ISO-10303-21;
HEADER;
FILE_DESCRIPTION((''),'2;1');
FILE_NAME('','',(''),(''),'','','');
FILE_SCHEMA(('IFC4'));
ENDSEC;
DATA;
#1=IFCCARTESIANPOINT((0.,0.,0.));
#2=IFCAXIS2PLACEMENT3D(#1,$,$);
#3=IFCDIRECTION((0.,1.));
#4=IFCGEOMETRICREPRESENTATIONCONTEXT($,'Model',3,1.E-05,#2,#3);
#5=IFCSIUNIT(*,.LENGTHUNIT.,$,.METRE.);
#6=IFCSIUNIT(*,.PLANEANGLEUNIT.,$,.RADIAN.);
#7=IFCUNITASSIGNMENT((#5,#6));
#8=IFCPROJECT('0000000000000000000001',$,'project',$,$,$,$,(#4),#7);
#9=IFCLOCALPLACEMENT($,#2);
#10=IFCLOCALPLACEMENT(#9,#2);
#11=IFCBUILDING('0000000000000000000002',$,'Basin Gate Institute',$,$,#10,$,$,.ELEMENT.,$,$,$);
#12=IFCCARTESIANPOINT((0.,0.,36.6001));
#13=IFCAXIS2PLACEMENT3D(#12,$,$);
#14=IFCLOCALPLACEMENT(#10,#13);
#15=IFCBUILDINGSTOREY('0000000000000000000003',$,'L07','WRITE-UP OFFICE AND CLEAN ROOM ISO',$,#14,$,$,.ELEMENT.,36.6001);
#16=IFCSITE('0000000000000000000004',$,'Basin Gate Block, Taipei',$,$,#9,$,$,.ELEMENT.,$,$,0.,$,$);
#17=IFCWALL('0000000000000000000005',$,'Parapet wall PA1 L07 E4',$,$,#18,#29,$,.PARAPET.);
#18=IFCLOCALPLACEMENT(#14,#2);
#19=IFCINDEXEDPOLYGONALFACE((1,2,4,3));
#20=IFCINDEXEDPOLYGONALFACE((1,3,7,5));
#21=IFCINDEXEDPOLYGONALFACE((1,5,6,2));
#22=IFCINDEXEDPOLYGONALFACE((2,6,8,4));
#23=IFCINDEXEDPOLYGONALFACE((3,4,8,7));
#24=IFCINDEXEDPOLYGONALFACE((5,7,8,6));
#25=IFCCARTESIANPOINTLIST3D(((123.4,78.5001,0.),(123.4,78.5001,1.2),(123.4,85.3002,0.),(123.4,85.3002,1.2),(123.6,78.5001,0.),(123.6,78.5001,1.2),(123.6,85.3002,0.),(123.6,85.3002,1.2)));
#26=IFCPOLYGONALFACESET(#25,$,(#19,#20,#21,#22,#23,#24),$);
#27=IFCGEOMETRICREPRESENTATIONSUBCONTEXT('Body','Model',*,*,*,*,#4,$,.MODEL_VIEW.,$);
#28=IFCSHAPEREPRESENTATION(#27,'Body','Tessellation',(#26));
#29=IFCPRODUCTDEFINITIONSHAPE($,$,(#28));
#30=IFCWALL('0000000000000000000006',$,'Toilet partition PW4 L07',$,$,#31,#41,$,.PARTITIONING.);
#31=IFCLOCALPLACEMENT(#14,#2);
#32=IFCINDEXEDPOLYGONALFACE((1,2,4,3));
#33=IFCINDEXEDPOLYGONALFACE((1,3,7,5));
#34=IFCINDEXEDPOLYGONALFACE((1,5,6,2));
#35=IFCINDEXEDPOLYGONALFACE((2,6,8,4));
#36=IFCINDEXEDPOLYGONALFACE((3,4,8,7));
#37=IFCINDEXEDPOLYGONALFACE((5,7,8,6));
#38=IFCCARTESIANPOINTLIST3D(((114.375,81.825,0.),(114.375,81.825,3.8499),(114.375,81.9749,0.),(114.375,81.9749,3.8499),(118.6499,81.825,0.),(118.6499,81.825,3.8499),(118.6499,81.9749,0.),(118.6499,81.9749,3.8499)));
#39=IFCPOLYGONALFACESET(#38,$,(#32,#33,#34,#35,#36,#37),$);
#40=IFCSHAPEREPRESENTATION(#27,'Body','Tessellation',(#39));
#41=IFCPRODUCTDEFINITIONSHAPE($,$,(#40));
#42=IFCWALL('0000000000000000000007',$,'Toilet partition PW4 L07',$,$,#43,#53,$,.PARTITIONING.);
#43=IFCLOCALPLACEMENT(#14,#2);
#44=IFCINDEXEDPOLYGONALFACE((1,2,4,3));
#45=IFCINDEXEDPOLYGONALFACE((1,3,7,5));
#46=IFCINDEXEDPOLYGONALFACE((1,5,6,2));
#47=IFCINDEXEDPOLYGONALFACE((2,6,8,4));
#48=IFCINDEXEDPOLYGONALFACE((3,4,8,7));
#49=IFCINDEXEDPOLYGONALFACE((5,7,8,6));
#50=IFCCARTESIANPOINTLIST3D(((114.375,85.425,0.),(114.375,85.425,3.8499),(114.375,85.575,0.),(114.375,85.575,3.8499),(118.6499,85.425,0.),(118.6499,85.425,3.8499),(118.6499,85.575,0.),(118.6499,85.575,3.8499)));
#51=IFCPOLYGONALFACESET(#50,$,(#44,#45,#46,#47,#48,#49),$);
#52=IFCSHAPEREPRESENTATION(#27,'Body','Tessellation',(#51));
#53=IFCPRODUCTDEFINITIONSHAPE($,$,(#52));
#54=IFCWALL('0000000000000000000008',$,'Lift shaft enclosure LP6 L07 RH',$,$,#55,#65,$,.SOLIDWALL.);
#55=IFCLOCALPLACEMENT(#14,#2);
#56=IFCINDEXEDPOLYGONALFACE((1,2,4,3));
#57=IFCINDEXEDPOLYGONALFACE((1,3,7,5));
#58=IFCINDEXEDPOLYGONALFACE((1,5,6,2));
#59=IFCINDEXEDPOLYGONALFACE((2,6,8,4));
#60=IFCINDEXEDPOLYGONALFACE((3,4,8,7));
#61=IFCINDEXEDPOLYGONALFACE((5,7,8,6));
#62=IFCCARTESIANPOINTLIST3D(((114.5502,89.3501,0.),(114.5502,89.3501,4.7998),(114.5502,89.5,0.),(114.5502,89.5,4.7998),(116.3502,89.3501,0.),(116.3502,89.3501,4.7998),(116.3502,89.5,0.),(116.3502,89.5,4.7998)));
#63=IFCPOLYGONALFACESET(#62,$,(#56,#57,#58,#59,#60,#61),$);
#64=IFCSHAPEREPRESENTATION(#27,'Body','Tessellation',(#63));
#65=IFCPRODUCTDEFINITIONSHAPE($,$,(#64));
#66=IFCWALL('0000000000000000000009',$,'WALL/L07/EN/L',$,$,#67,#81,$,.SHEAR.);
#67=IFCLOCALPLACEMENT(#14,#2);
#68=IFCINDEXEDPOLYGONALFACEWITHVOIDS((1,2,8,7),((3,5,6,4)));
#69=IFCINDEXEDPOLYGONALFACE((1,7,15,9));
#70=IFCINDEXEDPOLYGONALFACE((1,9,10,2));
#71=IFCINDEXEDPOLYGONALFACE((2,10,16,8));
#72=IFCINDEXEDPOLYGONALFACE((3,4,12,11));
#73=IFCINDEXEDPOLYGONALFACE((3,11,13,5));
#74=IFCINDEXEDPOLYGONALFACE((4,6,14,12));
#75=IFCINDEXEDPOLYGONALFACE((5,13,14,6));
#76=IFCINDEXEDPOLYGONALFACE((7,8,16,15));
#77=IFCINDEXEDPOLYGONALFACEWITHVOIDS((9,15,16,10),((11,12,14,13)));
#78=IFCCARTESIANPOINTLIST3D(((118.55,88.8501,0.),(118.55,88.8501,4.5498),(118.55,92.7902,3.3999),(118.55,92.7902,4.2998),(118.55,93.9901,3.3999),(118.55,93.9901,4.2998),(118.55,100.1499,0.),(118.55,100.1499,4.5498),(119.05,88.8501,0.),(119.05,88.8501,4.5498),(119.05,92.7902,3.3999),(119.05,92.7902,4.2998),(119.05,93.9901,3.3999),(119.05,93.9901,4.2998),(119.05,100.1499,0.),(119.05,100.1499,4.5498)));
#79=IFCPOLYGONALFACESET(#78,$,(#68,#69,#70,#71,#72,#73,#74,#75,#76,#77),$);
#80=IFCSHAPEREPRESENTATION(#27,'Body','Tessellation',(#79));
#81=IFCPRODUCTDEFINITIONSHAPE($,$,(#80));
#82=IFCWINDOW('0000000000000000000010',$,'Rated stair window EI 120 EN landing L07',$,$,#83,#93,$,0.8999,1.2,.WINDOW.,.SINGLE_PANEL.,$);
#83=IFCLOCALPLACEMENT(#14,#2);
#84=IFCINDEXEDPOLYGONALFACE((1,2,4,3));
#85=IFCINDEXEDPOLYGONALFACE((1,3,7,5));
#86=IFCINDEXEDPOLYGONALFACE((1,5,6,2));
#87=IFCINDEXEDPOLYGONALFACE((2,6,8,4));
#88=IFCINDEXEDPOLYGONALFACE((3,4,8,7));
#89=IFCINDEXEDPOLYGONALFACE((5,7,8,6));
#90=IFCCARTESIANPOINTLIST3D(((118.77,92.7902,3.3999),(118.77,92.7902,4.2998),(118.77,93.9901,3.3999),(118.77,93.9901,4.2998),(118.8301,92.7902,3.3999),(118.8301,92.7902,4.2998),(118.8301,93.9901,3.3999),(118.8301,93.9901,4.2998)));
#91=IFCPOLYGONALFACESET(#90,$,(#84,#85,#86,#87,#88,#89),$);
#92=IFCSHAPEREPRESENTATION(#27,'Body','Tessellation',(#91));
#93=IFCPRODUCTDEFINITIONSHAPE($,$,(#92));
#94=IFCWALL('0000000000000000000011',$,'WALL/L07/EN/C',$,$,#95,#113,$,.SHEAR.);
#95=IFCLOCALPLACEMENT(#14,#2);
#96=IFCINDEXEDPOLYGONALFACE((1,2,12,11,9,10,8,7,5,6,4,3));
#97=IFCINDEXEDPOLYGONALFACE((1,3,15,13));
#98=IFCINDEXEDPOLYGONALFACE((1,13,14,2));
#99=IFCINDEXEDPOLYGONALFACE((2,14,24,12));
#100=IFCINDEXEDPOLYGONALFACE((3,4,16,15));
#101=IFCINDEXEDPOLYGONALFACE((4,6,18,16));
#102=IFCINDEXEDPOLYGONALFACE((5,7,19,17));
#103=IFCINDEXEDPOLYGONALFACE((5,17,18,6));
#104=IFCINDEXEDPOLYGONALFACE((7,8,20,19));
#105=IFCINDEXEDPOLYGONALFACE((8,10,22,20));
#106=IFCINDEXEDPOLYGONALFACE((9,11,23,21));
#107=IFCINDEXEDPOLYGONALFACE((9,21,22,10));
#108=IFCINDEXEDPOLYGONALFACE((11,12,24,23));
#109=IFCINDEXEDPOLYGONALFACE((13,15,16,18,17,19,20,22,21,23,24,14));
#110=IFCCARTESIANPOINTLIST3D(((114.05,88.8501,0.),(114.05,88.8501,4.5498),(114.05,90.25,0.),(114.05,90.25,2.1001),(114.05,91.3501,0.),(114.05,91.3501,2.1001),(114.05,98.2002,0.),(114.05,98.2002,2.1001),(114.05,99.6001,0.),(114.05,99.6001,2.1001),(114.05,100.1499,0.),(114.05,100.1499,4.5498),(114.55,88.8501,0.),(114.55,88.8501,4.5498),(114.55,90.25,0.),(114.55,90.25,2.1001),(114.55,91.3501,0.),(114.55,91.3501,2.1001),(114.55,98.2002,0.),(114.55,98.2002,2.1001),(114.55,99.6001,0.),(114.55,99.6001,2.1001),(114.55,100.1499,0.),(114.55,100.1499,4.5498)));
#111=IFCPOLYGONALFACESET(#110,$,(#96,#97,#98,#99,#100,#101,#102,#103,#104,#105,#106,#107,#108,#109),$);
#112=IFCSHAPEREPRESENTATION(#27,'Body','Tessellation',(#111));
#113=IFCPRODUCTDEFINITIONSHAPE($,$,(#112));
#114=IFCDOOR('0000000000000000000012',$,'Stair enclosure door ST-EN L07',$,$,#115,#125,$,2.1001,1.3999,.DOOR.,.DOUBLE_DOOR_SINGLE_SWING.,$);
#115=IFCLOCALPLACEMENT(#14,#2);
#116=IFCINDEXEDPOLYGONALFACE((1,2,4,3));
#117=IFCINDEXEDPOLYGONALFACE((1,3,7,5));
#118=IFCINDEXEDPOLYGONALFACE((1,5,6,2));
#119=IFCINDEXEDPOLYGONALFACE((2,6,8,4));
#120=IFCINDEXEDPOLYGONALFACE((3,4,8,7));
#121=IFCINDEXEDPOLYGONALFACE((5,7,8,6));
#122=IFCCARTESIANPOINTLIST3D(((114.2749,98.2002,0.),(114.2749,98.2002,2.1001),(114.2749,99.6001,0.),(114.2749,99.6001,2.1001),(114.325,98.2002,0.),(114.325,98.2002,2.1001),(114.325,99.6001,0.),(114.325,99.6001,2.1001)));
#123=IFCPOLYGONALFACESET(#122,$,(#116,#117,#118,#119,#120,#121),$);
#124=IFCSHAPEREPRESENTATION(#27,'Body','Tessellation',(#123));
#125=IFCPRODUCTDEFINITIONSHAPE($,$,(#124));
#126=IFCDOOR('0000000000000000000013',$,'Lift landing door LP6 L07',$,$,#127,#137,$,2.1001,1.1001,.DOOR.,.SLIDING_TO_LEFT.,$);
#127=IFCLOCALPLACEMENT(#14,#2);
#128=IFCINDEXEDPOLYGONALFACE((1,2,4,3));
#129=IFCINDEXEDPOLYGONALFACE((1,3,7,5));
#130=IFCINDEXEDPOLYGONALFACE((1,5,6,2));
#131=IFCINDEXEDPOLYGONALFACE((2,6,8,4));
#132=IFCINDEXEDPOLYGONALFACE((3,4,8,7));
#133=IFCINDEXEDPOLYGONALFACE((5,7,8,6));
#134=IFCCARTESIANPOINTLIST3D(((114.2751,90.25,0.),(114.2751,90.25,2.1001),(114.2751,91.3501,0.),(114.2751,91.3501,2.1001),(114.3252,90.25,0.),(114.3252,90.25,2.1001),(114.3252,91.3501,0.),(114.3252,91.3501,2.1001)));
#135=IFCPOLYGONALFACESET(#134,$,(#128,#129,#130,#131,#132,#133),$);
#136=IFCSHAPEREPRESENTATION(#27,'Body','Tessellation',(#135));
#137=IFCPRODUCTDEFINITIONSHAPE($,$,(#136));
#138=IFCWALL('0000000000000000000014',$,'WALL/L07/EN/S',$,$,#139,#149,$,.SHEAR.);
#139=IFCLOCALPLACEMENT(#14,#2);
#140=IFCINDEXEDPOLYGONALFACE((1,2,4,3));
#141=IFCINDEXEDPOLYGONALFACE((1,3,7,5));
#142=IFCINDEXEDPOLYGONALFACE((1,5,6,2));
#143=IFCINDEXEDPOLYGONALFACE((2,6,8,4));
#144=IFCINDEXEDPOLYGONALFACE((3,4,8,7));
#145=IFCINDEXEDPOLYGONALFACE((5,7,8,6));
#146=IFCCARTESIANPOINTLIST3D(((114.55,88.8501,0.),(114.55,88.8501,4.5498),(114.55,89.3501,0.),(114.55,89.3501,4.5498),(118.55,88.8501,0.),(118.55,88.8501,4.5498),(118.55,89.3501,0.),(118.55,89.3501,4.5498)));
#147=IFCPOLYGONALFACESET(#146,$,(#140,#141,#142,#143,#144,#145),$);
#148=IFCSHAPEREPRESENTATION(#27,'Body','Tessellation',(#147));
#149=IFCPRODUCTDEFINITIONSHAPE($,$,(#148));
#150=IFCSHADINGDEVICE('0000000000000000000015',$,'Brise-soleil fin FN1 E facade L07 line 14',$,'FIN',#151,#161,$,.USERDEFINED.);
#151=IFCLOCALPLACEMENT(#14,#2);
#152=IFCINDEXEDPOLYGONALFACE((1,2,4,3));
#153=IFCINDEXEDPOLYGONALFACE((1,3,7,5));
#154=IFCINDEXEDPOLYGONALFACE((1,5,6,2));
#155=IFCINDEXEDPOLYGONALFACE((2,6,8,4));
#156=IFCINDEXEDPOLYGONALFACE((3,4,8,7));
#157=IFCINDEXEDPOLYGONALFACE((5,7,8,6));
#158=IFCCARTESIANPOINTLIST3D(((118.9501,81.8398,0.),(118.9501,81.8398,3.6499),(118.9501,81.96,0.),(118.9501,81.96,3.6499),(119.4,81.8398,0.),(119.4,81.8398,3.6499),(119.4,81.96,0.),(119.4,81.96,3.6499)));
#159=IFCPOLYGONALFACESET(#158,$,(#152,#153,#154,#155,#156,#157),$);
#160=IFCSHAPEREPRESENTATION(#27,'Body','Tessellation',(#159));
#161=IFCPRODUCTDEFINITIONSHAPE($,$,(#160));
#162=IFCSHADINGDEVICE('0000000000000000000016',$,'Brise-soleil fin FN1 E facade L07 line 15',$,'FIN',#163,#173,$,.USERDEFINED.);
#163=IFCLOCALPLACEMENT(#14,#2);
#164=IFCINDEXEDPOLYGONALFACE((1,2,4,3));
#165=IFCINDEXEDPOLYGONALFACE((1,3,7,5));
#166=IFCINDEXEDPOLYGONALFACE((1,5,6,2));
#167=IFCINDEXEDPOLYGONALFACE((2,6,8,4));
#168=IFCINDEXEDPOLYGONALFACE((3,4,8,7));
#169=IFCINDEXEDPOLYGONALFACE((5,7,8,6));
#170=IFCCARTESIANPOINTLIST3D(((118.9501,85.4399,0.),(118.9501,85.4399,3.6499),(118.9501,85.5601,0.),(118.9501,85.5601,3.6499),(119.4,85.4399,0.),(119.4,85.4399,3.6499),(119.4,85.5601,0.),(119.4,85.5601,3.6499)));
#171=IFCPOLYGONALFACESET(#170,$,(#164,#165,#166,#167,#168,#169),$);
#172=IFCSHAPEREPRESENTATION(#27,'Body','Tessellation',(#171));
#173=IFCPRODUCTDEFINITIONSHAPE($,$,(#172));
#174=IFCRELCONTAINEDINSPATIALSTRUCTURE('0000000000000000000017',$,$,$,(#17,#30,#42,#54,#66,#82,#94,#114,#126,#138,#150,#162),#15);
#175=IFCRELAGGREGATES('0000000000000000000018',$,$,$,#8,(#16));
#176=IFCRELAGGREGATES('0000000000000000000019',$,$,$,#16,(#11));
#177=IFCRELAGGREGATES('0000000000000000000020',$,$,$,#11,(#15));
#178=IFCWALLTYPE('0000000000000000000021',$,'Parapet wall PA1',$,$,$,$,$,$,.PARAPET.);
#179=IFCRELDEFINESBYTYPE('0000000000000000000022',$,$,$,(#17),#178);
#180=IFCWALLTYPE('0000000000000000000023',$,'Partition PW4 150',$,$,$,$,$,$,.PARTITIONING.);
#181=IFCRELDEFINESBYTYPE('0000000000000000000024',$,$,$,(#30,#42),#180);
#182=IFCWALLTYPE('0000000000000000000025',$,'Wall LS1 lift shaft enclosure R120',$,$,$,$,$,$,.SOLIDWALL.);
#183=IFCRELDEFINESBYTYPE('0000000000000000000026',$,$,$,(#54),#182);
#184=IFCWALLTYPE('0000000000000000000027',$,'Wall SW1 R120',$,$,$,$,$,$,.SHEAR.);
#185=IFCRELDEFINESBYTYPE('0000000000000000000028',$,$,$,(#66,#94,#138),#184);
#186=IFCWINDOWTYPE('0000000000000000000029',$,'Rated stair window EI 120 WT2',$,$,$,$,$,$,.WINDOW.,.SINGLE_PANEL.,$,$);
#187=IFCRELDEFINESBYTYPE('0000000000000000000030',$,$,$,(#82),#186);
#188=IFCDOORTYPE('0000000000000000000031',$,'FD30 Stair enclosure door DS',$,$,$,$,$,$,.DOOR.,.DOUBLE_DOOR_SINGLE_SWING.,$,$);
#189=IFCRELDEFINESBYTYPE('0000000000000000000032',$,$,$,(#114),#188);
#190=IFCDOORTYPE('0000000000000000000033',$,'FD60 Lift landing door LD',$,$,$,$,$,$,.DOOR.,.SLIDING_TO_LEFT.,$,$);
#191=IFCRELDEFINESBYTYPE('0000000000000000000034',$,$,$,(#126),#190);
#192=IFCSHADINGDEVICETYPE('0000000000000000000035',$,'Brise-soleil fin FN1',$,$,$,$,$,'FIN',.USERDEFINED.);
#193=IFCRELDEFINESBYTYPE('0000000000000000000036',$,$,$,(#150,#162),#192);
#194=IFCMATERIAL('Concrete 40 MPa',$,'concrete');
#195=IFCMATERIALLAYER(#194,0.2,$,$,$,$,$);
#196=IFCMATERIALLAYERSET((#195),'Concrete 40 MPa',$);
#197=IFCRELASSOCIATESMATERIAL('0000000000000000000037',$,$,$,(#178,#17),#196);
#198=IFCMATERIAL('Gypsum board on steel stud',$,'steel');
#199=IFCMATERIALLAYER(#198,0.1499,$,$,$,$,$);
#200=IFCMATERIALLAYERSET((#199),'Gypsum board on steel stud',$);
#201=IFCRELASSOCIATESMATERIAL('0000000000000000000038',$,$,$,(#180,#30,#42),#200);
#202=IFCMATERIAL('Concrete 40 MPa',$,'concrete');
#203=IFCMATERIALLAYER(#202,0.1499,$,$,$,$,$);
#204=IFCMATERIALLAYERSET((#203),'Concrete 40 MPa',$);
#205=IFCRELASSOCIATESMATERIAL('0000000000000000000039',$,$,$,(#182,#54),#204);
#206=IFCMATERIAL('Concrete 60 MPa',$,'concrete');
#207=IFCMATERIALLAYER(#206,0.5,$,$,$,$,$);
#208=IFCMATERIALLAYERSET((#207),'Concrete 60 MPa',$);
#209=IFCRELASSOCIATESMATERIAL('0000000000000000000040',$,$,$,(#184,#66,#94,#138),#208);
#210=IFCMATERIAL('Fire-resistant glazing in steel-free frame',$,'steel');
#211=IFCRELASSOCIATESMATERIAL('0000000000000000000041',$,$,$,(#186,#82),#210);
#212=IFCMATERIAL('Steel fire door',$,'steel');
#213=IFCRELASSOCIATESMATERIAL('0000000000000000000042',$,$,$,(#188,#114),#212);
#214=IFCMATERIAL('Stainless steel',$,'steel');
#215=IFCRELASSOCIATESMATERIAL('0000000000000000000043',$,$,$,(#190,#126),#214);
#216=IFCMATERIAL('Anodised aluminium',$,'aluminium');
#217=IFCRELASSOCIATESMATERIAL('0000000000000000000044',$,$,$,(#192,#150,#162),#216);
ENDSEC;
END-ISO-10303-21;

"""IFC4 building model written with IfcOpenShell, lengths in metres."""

from ifc_helpers import new_model, si_unit, direction, frame, frame_2d, origin, origin_2d, place, context, subcontext, project, spatial, rectangle, extrude, material, layer, layer_set, type_object, element, fill, save


model = new_model("IFC4")

# Units and contexts
model_context = context("Model", 3, precision=1e-05, world=origin(), true_north=direction((0.0, 1.0)))
body_context = subcontext(model_context, "Body", "Model", "MODEL_VIEW")
ifc_project = project(units=[si_unit("LENGTHUNIT", "METRE"), si_unit("PLANEANGLEUNIT", "RADIAN")], contexts=[model_context])

# Site, building, storey
site_placement = place(None, origin())
site = spatial("IfcSite", under=ifc_project, at=site_placement, Name="Basin Gate Block, Taipei", CompositionType="ELEMENT", RefElevation=0.0)
building_placement = place(site_placement, origin())
building = spatial("IfcBuilding", under=site, at=building_placement, Name="Basin Gate Institute", CompositionType="ELEMENT")
storey_placement = place(building_placement, frame((0.0, 0.0, 36.6001)))
storey = spatial("IfcBuildingStorey", under=building, at=storey_placement, Name="L07", Description="WRITE-UP OFFICE AND CLEAN ROOM ISO", CompositionType="ELEMENT", Elevation=36.6001)

# Walls
ifc_material_1 = material(Name="Concrete 40 MPa", Category="concrete")
ifc_layer_1 = layer(ifc_material_1, 0.2)
ifc_layer_set_1 = layer_set([ifc_layer_1], Name="Concrete 40 MPa")
wall_type_1 = type_object("IfcWallType", Name="Parapet wall PA1", PredefinedType="PARAPET", material=ifc_layer_set_1)
wall_1_placement = place(storey_placement, frame((123.5, 85.3, 0.0), z_axis=(0.0, 0.0, 1.0), x_axis=(0.0, -1.0, 0.0)))
element("IfcWall", 1, at=wall_1_placement, inside=storey, type_object=wall_type_1, material=ifc_layer_set_1, Name="Parapet wall PA1 L07 E4", PredefinedType="PARAPET", context=body_context, shape_type="SweptSolid", body=[
    extrude(rectangle(XDim=6.8, YDim=0.2, at=frame_2d((3.3999, 0.0))), origin(), (0.0, 0.0, 1.0), 1.2),
])
ifc_material_2 = material(Name="Gypsum board on steel stud", Category="steel")
ifc_layer_2 = layer(ifc_material_2, 0.1499)
ifc_layer_set_2 = layer_set([ifc_layer_2], Name="Gypsum board on steel stud")
wall_type_2 = type_object("IfcWallType", Name="Partition PW4 150", PredefinedType="PARTITIONING", material=ifc_layer_set_2)
for number, where, z_axis, x_axis, name in (
    (2, (118.6499, 81.8999, 0.0), (0.0, 0.0, 1.0), (-1.0, 0.0, 0.0), "Toilet partition PW4 L07"),
    (3, (118.6499, 85.5, 0.0), (0.0, 0.0, 1.0), (-1.0, 0.0, 0.0), "Toilet partition PW4 L07"),
):
    element("IfcWall", number, at=place(storey_placement, frame(where, z_axis=z_axis, x_axis=x_axis)), inside=storey, type_object=wall_type_2, material=ifc_layer_set_2, Name=name, PredefinedType="PARTITIONING", context=body_context, shape_type="SweptSolid", body=[
        extrude(rectangle(XDim=4.2749, YDim=0.1499, at=frame_2d((2.1375, 0.0))), origin(), (0.0, 0.0, 1.0), 3.8499),
    ])
ifc_material_3 = material(Name="Concrete 40 MPa", Category="concrete")
ifc_layer_3 = layer(ifc_material_3, 0.1499)
ifc_layer_set_3 = layer_set([ifc_layer_3], Name="Concrete 40 MPa")
wall_type_3 = type_object("IfcWallType", Name="Wall LS1 lift shaft enclosure R120", PredefinedType="SOLIDWALL", material=ifc_layer_set_3)
wall_2_placement = place(storey_placement, frame((116.3501, 89.425, 0.0), z_axis=(0.0, 0.0, 1.0), x_axis=(-1.0, 0.0, 0.0)))
element("IfcWall", 4, at=wall_2_placement, inside=storey, type_object=wall_type_3, material=ifc_layer_set_3, Name="Lift shaft enclosure LP6 L07 RH", PredefinedType="SOLIDWALL", context=body_context, shape_type="SweptSolid", body=[
    extrude(rectangle(XDim=1.8, YDim=0.1499, at=frame_2d((0.8999, 0.0))), origin(), (0.0, 0.0, 1.0), 4.7998),
])

# Wall, opening, window
ifc_material_4 = material(Name="Concrete 60 MPa", Category="concrete")
ifc_layer_4 = layer(ifc_material_4, 0.5)
ifc_layer_set_4 = layer_set([ifc_layer_4], Name="Concrete 60 MPa")
wall_type_4 = type_object("IfcWallType", Name="Wall SW1 R120", PredefinedType="SHEAR", material=ifc_layer_set_4)
wall_3_placement = place(storey_placement, frame((118.8, 88.8501, 0.0), z_axis=(0.0, 0.0, 1.0), x_axis=(0.0, 1.0, 0.0)))
wall_3 = element("IfcWall", 5, at=wall_3_placement, inside=storey, type_object=wall_type_4, material=ifc_layer_set_4, Name="WALL/L07/EN/L", PredefinedType="SHEAR", context=body_context, shape_type="SweptSolid", body=[
    extrude(rectangle(XDim=11.2998, YDim=0.5, at=frame_2d((5.6499, 0.0))), origin(), (0.0, 0.0, 1.0), 4.5498),
])
opening_1_placement = place(wall_3_placement, frame((3.9399, 0.0, 3.3999)))
opening_1 = element("IfcOpeningElement", 6, at=opening_1_placement, cuts=wall_3, PredefinedType="OPENING", context=body_context, shape_type="SweptSolid", body=[
    extrude(rectangle(XDim=1.2, YDim=0.8999, at=frame_2d((0.6001, 0.45))), frame((0.0, 0.26, 0.0), z_axis=(0.0, -1.0, 0.0), x_axis=(1.0, 0.0, 0.0)), (0.0, 0.0, 1.0), 0.52),
])
ifc_material_5 = material(Name="Fire-resistant glazing in steel-free frame", Category="steel")
window_type_1 = type_object("IfcWindowType", Name="Rated stair window EI 120 WT2", PartitioningType="SINGLE_PANEL", PredefinedType="WINDOW", material=ifc_material_5)
window_1_placement = place(opening_1_placement, origin())
window_1 = element("IfcWindow", 7, at=window_1_placement, inside=storey, type_object=window_type_1, material=ifc_material_5, Name="Rated stair window EI 120 EN landing L07", OverallHeight=0.8999, OverallWidth=1.2, PartitioningType="SINGLE_PANEL", PredefinedType="WINDOW", context=body_context, shape_type="SweptSolid", body=[
    extrude(rectangle(XDim=1.2, YDim=0.8999, at=frame_2d((0.6001, 0.45))), frame((0.0, 0.03, 0.0), z_axis=(0.0, -1.0, 0.0), x_axis=(1.0, 0.0, 0.0)), (0.0, 0.0, 1.0), 0.0601),
])
fill(opening_1, window_1)

# Wall, openings, doors
wall_4_placement = place(storey_placement, frame((114.3, 88.8501, 0.0), z_axis=(0.0, 0.0, 1.0), x_axis=(0.0, 1.0, 0.0)))
wall_4 = element("IfcWall", 8, at=wall_4_placement, inside=storey, type_object=wall_type_4, material=ifc_layer_set_4, Name="WALL/L07/EN/C", PredefinedType="SHEAR", context=body_context, shape_type="SweptSolid", body=[
    extrude(rectangle(XDim=11.2998, YDim=0.5, at=frame_2d((5.6499, 0.0))), origin(), (0.0, 0.0, 1.0), 4.5498),
])
opening_2_placement = place(wall_4_placement, frame((9.3501, 0.0, 0.0)))
opening_2 = element("IfcOpeningElement", 9, at=opening_2_placement, cuts=wall_4, PredefinedType="OPENING", context=body_context, shape_type="SweptSolid", body=[
    extrude(rectangle(XDim=1.3999, YDim=2.1001, at=frame_2d((0.7, 1.05))), frame((0.0, 0.26, 0.0), z_axis=(0.0, -1.0, 0.0), x_axis=(1.0, 0.0, 0.0)), (0.0, 0.0, 1.0), 0.52),
])
opening_3_placement = place(wall_4_placement, frame((1.3999, 0.0, 0.0)))
opening_3 = element("IfcOpeningElement", 10, at=opening_3_placement, cuts=wall_4, PredefinedType="OPENING", context=body_context, shape_type="SweptSolid", body=[
    extrude(rectangle(XDim=1.1001, YDim=2.1001, at=frame_2d((0.55, 1.05))), frame((0.0, 0.26, 0.0), z_axis=(0.0, -1.0, 0.0), x_axis=(1.0, 0.0, 0.0)), (0.0, 0.0, 1.0), 0.52),
])
ifc_material_6 = material(Name="Steel fire door", Category="steel")
door_type_1 = type_object("IfcDoorType", Name="FD30 Stair enclosure door DS", OperationType="DOUBLE_DOOR_SINGLE_SWING", PredefinedType="DOOR", material=ifc_material_6)
door_1_placement = place(opening_2_placement, frame((1.3999, 0.0, 0.0), z_axis=(0.0, 0.0, 1.0), x_axis=(-1.0, 0.0, 0.0)))
door_1 = element("IfcDoor", 11, at=door_1_placement, inside=storey, type_object=door_type_1, material=ifc_material_6, Name="Stair enclosure door ST-EN L07", OperationType="DOUBLE_DOOR_SINGLE_SWING", OverallHeight=2.1001, OverallWidth=1.3999, PredefinedType="DOOR", context=body_context, shape_type="SweptSolid", body=[
    extrude(rectangle(XDim=1.3999, YDim=2.1001, at=frame_2d((0.7, 1.05))), frame((0.0, 0.0249, 0.0), z_axis=(0.0, -1.0, 0.0), x_axis=(1.0, 0.0, 0.0)), (0.0, 0.0, 1.0), 0.05),
])
fill(opening_2, door_1)
ifc_material_7 = material(Name="Stainless steel", Category="steel")
door_type_2 = type_object("IfcDoorType", Name="FD60 Lift landing door LD", OperationType="SLIDING_TO_LEFT", PredefinedType="DOOR", material=ifc_material_7)
door_2_placement = place(opening_3_placement, origin())
door_2 = element("IfcDoor", 12, at=door_2_placement, inside=storey, type_object=door_type_2, material=ifc_material_7, Name="Lift landing door LP6 L07", OperationType="SLIDING_TO_LEFT", OverallHeight=2.1001, OverallWidth=1.1001, PredefinedType="DOOR", context=body_context, shape_type="SweptSolid", body=[
    extrude(rectangle(XDim=1.1001, YDim=2.1001, at=frame_2d((0.55, 1.05))), frame((0.0, 0.0249, 0.0), z_axis=(0.0, -1.0, 0.0), x_axis=(1.0, 0.0, 0.0)), (0.0, 0.0, 1.0), 0.05),
])
fill(opening_3, door_2)

# Wall
wall_5_placement = place(storey_placement, frame((118.55, 89.1001, 0.0), z_axis=(0.0, 0.0, 1.0), x_axis=(-1.0, 0.0, 0.0)))
element("IfcWall", 13, at=wall_5_placement, inside=storey, type_object=wall_type_4, material=ifc_layer_set_4, Name="WALL/L07/EN/S", PredefinedType="SHEAR", context=body_context, shape_type="SweptSolid", body=[
    extrude(rectangle(XDim=4.0, YDim=0.5, at=frame_2d((2.0, 0.0))), origin(), (0.0, 0.0, 1.0), 4.5498),
])

# Shading devices
ifc_material_8 = material(Name="Anodised aluminium", Category="aluminium")
shading_device_type = type_object("IfcShadingDeviceType", Name="Brise-soleil fin FN1", ElementType="FIN", PredefinedType="USERDEFINED", material=ifc_material_8)
for number, where, z_axis, x_axis, name in (
    (14, (119.175, 81.8999, 0.0), (0.0, 0.0, 1.0), (1.0, 0.0, 0.0), "Brise-soleil fin FN1 E facade L07 line 14"),
    (15, (119.175, 85.5, 0.0), (0.0, 0.0, 1.0), (1.0, 0.0, 0.0), "Brise-soleil fin FN1 E facade L07 line 15"),
):
    element("IfcShadingDevice", number, at=place(storey_placement, frame(where, z_axis=z_axis, x_axis=x_axis)), inside=storey, type_object=shading_device_type, material=ifc_material_8, Name=name, ObjectType="FIN", PredefinedType="USERDEFINED", context=body_context, shape_type="SweptSolid", body=[
        extrude(rectangle(XDim=0.45, YDim=0.1201, at=origin_2d()), origin(), (0.0, 0.0, 1.0), 3.6499),
    ])

save(model, "model.ifc")
